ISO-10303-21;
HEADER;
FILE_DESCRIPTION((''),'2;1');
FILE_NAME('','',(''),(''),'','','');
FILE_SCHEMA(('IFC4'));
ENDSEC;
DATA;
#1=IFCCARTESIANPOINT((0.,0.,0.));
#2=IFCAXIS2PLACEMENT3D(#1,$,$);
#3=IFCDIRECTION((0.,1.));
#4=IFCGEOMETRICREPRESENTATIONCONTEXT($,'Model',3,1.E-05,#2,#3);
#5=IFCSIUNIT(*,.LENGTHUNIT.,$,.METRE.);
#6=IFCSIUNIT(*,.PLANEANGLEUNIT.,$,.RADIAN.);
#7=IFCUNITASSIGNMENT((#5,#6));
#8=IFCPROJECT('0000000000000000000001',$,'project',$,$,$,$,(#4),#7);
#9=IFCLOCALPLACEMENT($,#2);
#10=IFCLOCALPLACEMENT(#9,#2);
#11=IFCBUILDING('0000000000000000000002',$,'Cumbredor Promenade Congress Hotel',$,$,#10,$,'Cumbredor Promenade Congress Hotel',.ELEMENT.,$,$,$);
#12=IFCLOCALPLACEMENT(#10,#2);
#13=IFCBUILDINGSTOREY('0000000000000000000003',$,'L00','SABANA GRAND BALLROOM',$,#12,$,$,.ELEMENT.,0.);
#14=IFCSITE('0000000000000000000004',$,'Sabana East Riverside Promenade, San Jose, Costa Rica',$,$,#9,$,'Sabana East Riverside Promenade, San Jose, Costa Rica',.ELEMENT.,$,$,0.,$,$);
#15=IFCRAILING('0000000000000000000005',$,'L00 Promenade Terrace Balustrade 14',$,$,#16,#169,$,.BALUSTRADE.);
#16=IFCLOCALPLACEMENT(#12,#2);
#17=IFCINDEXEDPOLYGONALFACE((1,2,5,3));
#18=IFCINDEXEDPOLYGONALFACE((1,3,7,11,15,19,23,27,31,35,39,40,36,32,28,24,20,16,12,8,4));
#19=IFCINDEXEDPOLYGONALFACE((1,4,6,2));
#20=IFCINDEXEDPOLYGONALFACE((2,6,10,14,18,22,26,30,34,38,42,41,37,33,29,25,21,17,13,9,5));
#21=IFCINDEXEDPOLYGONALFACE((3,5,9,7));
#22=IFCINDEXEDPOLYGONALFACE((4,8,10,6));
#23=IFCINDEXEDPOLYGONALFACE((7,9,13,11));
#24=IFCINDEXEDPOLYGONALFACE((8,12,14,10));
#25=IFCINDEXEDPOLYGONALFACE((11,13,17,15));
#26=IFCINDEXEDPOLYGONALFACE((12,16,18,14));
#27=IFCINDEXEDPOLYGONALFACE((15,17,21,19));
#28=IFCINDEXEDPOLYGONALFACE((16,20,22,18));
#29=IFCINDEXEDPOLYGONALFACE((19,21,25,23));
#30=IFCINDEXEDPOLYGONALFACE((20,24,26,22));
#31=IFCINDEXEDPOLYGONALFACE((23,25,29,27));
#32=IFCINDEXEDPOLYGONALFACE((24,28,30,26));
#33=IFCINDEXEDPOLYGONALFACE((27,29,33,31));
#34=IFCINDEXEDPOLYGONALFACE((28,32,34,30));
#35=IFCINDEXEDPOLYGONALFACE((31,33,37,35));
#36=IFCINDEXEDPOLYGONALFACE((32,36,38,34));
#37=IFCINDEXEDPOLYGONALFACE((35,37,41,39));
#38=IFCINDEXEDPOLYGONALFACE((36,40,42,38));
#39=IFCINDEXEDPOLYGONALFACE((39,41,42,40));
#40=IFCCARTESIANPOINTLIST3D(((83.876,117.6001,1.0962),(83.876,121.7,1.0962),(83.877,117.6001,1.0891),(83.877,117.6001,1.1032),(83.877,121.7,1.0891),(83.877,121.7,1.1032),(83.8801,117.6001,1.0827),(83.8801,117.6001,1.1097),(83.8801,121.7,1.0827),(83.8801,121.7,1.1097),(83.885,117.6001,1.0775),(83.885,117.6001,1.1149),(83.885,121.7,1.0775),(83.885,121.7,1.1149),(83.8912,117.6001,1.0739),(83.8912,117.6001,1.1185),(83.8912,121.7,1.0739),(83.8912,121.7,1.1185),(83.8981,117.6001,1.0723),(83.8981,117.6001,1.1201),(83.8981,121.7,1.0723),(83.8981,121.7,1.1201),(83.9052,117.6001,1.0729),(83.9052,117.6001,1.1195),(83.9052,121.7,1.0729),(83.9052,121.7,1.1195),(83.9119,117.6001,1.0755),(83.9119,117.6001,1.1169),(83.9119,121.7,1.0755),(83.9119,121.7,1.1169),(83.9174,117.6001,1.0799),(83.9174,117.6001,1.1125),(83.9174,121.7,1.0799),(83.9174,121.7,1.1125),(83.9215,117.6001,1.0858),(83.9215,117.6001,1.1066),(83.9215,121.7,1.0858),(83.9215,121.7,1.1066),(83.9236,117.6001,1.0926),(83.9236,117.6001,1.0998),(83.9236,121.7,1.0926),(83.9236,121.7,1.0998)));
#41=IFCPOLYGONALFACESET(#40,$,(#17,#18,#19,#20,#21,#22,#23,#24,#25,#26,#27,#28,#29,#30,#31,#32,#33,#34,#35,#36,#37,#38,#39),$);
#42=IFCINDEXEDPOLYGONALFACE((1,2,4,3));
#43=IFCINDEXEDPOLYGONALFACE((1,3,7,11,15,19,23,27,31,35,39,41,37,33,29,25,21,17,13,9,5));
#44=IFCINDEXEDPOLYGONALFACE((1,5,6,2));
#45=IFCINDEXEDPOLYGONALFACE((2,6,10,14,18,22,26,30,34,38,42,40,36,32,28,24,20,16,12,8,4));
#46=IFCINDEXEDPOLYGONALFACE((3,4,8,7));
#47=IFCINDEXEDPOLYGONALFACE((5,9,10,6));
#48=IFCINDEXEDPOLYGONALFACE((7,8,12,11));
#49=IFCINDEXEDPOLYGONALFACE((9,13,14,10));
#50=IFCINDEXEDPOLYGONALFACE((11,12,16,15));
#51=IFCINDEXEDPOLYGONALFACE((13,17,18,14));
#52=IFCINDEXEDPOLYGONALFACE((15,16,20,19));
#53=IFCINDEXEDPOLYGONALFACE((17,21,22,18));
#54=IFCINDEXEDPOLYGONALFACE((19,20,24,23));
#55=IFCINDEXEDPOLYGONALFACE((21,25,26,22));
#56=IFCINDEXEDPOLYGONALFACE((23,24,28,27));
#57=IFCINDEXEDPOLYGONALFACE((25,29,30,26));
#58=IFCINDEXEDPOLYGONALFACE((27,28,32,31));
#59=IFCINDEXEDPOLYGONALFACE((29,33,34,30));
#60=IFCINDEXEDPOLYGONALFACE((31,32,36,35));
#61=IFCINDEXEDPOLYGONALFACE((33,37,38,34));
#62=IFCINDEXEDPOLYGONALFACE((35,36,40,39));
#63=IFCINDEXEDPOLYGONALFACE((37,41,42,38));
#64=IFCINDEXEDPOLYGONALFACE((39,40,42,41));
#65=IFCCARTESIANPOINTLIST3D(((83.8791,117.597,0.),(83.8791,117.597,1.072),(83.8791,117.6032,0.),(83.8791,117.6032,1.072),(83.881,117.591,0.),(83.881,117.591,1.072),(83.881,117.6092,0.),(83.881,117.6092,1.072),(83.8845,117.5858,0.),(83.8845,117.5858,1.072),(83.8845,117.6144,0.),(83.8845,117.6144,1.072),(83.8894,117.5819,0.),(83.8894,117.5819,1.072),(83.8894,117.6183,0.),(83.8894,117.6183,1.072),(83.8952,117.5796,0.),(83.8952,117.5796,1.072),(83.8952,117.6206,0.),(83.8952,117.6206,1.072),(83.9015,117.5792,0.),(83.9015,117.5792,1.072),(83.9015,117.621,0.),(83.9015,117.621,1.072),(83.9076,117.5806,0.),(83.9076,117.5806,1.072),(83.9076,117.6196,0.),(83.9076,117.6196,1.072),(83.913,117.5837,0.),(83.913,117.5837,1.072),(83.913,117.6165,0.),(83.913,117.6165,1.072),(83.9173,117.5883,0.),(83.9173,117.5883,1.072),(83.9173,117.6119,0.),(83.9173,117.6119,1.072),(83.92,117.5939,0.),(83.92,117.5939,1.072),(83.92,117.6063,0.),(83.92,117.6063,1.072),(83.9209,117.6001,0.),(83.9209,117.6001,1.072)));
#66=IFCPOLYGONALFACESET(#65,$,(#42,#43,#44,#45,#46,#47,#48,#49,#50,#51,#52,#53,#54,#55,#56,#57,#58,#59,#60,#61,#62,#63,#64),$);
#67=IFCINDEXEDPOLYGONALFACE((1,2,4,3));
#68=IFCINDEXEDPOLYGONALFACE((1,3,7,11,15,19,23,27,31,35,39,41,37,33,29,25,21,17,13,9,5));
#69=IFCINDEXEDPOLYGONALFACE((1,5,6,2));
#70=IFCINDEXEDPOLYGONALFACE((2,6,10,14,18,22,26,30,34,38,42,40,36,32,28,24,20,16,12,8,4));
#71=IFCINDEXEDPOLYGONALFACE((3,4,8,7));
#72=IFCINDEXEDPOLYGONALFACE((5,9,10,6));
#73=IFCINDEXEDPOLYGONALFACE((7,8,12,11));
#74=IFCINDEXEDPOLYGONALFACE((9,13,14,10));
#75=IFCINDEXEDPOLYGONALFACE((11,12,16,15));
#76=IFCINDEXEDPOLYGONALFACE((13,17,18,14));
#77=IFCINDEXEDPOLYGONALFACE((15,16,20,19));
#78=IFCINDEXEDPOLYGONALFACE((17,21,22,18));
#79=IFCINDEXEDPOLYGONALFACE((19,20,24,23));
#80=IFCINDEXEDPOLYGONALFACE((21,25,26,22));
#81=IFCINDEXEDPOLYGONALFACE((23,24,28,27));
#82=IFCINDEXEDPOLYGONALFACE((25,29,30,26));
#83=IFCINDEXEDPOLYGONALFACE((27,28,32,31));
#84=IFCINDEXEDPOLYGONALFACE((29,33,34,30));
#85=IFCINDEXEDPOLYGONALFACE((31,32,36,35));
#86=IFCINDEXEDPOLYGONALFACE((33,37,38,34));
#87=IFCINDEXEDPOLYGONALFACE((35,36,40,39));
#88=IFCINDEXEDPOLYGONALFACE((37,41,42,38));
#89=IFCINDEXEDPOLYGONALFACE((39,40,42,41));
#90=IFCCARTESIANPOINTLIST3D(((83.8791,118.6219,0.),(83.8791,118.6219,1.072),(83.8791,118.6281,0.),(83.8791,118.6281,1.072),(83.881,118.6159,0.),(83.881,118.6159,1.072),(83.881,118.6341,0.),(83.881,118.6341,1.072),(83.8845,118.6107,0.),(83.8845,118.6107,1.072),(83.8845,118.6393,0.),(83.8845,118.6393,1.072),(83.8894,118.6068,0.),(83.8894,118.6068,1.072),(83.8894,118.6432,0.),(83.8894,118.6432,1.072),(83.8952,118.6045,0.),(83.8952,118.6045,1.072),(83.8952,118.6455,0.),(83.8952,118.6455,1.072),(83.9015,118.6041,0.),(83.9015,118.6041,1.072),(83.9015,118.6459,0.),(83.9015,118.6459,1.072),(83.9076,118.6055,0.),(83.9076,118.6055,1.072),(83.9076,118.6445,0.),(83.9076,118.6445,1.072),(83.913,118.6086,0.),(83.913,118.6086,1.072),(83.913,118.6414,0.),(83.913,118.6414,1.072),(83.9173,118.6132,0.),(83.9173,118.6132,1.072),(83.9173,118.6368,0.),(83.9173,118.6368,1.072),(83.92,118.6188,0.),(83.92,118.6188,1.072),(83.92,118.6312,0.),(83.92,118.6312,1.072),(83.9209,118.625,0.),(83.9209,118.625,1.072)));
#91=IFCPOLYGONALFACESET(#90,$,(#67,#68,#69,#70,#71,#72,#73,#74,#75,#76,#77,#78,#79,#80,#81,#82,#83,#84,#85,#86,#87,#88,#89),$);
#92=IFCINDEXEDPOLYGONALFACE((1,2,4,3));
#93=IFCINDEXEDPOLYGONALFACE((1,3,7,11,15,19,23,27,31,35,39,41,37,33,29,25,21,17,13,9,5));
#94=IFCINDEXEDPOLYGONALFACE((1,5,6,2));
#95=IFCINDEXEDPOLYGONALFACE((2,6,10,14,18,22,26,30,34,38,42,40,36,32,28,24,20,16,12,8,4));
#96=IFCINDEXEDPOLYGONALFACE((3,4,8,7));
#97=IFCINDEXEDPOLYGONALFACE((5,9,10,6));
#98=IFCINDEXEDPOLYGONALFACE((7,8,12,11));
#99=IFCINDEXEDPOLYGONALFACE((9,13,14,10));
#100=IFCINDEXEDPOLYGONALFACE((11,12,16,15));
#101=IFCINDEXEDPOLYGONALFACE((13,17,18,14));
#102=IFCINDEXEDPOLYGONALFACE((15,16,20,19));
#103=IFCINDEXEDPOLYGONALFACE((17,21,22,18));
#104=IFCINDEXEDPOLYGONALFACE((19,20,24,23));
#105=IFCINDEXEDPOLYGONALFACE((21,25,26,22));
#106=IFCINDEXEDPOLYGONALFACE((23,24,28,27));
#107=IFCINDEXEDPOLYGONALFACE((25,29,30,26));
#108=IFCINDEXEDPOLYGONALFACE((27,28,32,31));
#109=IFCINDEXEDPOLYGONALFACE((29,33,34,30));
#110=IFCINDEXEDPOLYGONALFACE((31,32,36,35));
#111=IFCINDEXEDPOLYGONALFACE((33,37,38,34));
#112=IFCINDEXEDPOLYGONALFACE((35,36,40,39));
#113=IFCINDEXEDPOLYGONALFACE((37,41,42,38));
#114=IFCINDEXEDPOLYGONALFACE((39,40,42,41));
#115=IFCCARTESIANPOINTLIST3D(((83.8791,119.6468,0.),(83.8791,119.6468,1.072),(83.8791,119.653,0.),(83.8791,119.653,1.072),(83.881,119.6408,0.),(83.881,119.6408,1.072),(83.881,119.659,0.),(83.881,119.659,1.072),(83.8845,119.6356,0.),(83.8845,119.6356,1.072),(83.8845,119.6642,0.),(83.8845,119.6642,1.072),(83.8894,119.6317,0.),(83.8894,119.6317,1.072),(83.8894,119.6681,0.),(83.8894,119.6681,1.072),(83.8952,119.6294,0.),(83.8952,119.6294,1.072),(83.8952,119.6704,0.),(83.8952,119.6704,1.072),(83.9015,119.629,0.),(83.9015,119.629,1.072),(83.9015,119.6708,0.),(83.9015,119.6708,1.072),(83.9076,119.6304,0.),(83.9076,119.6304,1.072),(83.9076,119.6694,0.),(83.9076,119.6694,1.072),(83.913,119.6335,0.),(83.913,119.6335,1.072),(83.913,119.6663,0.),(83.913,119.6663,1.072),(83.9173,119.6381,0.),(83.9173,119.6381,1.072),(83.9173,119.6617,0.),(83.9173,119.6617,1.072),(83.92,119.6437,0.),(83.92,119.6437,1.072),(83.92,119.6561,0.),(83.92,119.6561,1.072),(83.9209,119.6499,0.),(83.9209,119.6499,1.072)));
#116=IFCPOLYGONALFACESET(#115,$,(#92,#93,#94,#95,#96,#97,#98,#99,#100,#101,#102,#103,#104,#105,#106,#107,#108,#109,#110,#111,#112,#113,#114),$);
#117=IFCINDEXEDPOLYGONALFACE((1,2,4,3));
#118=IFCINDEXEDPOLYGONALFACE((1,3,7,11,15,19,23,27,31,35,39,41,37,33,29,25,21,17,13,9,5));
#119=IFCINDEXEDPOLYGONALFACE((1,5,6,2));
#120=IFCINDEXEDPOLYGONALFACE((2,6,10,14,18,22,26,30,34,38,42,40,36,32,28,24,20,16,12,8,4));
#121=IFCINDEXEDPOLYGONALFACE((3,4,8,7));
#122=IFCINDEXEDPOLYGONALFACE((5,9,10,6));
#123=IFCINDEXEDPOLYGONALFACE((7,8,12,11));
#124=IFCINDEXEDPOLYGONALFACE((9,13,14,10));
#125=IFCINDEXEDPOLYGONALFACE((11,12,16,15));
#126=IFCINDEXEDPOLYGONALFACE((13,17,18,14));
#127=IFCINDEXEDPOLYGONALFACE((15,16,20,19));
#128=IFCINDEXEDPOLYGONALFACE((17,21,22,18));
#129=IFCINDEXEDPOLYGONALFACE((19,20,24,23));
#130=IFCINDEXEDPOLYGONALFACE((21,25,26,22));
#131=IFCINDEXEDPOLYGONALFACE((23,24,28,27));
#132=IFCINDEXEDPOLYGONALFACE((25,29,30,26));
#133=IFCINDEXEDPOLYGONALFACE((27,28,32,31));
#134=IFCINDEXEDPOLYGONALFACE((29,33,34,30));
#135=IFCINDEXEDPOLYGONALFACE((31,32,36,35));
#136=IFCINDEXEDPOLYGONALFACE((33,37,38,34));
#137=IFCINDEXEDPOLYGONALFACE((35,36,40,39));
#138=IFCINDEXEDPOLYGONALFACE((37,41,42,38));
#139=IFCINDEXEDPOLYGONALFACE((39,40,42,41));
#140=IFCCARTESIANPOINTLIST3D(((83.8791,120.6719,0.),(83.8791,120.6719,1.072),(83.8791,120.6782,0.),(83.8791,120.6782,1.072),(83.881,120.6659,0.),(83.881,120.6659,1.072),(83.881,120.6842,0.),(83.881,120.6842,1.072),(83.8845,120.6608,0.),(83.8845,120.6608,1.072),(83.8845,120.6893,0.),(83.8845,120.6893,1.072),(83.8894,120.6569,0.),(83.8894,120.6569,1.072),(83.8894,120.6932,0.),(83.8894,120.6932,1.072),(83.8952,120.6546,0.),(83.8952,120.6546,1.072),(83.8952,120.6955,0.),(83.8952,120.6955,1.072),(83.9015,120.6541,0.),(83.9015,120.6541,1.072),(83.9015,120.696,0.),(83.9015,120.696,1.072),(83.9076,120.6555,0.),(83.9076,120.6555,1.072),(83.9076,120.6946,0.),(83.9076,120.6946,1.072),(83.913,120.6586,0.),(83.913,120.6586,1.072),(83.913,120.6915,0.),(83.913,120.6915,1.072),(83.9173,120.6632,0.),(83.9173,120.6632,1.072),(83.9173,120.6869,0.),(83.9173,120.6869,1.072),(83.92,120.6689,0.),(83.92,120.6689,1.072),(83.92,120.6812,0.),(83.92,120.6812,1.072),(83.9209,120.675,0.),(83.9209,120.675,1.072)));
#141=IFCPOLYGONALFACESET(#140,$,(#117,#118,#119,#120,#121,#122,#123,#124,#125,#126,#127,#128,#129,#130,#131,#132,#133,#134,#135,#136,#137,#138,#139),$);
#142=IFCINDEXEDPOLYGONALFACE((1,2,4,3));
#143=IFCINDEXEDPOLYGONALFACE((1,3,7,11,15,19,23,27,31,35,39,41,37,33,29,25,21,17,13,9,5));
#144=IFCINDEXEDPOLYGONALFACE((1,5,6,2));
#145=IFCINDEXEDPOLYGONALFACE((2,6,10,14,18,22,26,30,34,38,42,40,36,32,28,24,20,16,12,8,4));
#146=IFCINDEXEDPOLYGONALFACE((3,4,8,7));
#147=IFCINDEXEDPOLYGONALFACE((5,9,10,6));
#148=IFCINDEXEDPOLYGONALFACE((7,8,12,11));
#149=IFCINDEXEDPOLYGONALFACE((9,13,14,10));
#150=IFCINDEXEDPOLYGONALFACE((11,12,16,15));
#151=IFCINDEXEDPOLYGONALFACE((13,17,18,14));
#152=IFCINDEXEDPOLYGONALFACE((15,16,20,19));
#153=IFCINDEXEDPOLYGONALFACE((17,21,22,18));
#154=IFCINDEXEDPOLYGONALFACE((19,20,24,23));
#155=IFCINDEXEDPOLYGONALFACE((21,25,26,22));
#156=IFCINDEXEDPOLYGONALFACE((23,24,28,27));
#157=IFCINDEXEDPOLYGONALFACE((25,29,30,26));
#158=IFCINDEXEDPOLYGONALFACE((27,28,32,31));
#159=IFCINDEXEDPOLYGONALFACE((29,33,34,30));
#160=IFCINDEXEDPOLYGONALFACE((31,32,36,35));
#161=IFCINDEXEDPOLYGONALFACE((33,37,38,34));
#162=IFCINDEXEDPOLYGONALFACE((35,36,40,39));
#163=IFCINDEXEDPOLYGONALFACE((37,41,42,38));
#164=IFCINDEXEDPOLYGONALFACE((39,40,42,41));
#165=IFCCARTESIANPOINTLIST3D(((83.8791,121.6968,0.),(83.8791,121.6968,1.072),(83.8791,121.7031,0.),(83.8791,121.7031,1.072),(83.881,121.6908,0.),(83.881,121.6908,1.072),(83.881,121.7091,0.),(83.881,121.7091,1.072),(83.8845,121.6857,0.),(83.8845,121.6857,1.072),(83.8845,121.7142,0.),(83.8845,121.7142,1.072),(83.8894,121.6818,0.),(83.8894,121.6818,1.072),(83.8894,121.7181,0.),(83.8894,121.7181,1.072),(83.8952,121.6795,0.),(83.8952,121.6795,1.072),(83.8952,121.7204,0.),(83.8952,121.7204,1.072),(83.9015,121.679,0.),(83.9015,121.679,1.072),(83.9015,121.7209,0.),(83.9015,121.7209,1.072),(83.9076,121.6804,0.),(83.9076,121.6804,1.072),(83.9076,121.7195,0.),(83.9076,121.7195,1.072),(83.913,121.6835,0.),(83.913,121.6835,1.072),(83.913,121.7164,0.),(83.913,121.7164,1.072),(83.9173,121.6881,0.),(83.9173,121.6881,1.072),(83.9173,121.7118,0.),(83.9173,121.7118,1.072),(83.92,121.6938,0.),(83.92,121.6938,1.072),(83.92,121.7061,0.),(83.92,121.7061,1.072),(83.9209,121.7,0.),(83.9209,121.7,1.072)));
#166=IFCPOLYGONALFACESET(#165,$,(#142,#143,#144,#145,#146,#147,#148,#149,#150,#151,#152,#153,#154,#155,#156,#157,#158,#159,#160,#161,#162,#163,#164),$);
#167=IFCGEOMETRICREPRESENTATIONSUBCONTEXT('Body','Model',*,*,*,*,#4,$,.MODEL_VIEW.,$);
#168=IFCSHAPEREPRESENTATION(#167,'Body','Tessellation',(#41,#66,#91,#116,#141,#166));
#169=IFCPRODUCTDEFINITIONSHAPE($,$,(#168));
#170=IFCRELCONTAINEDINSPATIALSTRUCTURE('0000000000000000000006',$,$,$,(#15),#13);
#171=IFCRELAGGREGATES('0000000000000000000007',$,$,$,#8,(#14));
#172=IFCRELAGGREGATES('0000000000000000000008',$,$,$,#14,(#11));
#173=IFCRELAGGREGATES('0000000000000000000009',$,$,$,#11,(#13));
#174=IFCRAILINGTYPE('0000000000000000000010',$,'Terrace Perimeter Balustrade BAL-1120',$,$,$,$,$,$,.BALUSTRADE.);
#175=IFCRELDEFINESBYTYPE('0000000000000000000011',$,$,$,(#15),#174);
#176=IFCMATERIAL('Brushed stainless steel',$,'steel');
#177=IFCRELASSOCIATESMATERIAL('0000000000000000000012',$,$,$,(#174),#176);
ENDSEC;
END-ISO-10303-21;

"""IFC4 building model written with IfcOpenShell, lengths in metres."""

from ifc_helpers import new_model, si_unit, direction, frame, origin, origin_2d, place, context, subcontext, project, spatial, circle, extrude, material, type_object, element, save


model = new_model("IFC4")

# Units and contexts
model_context = context("Model", 3, precision=1e-05, world=origin(), true_north=direction((0.0, 1.0)))
body_context = subcontext(model_context, "Body", "Model", "MODEL_VIEW")
ifc_project = project(units=[si_unit("LENGTHUNIT", "METRE"), si_unit("PLANEANGLEUNIT", "RADIAN")], contexts=[model_context])

# Site, building, storey
site_placement = place(None, origin())
site = spatial("IfcSite", under=ifc_project, at=site_placement, Name="Sabana East Riverside Promenade, San Jose, Costa Rica", LongName="Sabana East Riverside Promenade, San Jose, Costa Rica", CompositionType="ELEMENT", RefElevation=0.0)
building_placement = place(site_placement, origin())
building = spatial("IfcBuilding", under=site, at=building_placement, Name="Cumbredor Promenade Congress Hotel", LongName="Cumbredor Promenade Congress Hotel", CompositionType="ELEMENT")
storey_placement = place(building_placement, origin())
storey = spatial("IfcBuildingStorey", under=building, at=storey_placement, Name="L00", Description="SABANA GRAND BALLROOM", CompositionType="ELEMENT", Elevation=0.0)

# Railing
ifc_material_1 = material(Name="Brushed stainless steel", Category="steel")
railing_type = type_object("IfcRailingType", Name="Terrace Perimeter Balustrade BAL-1120", PredefinedType="BALUSTRADE", material=ifc_material_1)
railing_placement = place(storey_placement, frame((83.8999, 117.6001, 0.0)))
element("IfcRailing", 1, at=railing_placement, inside=storey, type_object=railing_type, Name="L00 Promenade Terrace Balustrade 14", PredefinedType="BALUSTRADE", context=body_context, shape_type="SweptSolid", body=[
    extrude(circle(Radius=0.0239, at=origin_2d()), frame((0.0, 0.0, 1.0962), z_axis=(0.0, 1.0, 0.0), x_axis=(-1.0, 0.0, 0.0)), (0.0, 0.0, 1.0), 4.0999),
    extrude(circle(Radius=0.021, at=origin_2d()), origin(), (0.0, 0.0, 1.0), 1.072),
    extrude(circle(Radius=0.021, at=origin_2d()), frame((0.0, 1.0249, 0.0)), (0.0, 0.0, 1.0), 1.072),
    extrude(circle(Radius=0.021, at=origin_2d()), frame((0.0, 2.0498, 0.0)), (0.0, 0.0, 1.0), 1.072),
    extrude(circle(Radius=0.021, at=origin_2d()), frame((0.0, 3.075, 0.0)), (0.0, 0.0, 1.0), 1.072),
    extrude(circle(Radius=0.021, at=origin_2d()), frame((0.0, 4.0999, 0.0)), (0.0, 0.0, 1.0), 1.072),
])

save(model, "model.ifc")
